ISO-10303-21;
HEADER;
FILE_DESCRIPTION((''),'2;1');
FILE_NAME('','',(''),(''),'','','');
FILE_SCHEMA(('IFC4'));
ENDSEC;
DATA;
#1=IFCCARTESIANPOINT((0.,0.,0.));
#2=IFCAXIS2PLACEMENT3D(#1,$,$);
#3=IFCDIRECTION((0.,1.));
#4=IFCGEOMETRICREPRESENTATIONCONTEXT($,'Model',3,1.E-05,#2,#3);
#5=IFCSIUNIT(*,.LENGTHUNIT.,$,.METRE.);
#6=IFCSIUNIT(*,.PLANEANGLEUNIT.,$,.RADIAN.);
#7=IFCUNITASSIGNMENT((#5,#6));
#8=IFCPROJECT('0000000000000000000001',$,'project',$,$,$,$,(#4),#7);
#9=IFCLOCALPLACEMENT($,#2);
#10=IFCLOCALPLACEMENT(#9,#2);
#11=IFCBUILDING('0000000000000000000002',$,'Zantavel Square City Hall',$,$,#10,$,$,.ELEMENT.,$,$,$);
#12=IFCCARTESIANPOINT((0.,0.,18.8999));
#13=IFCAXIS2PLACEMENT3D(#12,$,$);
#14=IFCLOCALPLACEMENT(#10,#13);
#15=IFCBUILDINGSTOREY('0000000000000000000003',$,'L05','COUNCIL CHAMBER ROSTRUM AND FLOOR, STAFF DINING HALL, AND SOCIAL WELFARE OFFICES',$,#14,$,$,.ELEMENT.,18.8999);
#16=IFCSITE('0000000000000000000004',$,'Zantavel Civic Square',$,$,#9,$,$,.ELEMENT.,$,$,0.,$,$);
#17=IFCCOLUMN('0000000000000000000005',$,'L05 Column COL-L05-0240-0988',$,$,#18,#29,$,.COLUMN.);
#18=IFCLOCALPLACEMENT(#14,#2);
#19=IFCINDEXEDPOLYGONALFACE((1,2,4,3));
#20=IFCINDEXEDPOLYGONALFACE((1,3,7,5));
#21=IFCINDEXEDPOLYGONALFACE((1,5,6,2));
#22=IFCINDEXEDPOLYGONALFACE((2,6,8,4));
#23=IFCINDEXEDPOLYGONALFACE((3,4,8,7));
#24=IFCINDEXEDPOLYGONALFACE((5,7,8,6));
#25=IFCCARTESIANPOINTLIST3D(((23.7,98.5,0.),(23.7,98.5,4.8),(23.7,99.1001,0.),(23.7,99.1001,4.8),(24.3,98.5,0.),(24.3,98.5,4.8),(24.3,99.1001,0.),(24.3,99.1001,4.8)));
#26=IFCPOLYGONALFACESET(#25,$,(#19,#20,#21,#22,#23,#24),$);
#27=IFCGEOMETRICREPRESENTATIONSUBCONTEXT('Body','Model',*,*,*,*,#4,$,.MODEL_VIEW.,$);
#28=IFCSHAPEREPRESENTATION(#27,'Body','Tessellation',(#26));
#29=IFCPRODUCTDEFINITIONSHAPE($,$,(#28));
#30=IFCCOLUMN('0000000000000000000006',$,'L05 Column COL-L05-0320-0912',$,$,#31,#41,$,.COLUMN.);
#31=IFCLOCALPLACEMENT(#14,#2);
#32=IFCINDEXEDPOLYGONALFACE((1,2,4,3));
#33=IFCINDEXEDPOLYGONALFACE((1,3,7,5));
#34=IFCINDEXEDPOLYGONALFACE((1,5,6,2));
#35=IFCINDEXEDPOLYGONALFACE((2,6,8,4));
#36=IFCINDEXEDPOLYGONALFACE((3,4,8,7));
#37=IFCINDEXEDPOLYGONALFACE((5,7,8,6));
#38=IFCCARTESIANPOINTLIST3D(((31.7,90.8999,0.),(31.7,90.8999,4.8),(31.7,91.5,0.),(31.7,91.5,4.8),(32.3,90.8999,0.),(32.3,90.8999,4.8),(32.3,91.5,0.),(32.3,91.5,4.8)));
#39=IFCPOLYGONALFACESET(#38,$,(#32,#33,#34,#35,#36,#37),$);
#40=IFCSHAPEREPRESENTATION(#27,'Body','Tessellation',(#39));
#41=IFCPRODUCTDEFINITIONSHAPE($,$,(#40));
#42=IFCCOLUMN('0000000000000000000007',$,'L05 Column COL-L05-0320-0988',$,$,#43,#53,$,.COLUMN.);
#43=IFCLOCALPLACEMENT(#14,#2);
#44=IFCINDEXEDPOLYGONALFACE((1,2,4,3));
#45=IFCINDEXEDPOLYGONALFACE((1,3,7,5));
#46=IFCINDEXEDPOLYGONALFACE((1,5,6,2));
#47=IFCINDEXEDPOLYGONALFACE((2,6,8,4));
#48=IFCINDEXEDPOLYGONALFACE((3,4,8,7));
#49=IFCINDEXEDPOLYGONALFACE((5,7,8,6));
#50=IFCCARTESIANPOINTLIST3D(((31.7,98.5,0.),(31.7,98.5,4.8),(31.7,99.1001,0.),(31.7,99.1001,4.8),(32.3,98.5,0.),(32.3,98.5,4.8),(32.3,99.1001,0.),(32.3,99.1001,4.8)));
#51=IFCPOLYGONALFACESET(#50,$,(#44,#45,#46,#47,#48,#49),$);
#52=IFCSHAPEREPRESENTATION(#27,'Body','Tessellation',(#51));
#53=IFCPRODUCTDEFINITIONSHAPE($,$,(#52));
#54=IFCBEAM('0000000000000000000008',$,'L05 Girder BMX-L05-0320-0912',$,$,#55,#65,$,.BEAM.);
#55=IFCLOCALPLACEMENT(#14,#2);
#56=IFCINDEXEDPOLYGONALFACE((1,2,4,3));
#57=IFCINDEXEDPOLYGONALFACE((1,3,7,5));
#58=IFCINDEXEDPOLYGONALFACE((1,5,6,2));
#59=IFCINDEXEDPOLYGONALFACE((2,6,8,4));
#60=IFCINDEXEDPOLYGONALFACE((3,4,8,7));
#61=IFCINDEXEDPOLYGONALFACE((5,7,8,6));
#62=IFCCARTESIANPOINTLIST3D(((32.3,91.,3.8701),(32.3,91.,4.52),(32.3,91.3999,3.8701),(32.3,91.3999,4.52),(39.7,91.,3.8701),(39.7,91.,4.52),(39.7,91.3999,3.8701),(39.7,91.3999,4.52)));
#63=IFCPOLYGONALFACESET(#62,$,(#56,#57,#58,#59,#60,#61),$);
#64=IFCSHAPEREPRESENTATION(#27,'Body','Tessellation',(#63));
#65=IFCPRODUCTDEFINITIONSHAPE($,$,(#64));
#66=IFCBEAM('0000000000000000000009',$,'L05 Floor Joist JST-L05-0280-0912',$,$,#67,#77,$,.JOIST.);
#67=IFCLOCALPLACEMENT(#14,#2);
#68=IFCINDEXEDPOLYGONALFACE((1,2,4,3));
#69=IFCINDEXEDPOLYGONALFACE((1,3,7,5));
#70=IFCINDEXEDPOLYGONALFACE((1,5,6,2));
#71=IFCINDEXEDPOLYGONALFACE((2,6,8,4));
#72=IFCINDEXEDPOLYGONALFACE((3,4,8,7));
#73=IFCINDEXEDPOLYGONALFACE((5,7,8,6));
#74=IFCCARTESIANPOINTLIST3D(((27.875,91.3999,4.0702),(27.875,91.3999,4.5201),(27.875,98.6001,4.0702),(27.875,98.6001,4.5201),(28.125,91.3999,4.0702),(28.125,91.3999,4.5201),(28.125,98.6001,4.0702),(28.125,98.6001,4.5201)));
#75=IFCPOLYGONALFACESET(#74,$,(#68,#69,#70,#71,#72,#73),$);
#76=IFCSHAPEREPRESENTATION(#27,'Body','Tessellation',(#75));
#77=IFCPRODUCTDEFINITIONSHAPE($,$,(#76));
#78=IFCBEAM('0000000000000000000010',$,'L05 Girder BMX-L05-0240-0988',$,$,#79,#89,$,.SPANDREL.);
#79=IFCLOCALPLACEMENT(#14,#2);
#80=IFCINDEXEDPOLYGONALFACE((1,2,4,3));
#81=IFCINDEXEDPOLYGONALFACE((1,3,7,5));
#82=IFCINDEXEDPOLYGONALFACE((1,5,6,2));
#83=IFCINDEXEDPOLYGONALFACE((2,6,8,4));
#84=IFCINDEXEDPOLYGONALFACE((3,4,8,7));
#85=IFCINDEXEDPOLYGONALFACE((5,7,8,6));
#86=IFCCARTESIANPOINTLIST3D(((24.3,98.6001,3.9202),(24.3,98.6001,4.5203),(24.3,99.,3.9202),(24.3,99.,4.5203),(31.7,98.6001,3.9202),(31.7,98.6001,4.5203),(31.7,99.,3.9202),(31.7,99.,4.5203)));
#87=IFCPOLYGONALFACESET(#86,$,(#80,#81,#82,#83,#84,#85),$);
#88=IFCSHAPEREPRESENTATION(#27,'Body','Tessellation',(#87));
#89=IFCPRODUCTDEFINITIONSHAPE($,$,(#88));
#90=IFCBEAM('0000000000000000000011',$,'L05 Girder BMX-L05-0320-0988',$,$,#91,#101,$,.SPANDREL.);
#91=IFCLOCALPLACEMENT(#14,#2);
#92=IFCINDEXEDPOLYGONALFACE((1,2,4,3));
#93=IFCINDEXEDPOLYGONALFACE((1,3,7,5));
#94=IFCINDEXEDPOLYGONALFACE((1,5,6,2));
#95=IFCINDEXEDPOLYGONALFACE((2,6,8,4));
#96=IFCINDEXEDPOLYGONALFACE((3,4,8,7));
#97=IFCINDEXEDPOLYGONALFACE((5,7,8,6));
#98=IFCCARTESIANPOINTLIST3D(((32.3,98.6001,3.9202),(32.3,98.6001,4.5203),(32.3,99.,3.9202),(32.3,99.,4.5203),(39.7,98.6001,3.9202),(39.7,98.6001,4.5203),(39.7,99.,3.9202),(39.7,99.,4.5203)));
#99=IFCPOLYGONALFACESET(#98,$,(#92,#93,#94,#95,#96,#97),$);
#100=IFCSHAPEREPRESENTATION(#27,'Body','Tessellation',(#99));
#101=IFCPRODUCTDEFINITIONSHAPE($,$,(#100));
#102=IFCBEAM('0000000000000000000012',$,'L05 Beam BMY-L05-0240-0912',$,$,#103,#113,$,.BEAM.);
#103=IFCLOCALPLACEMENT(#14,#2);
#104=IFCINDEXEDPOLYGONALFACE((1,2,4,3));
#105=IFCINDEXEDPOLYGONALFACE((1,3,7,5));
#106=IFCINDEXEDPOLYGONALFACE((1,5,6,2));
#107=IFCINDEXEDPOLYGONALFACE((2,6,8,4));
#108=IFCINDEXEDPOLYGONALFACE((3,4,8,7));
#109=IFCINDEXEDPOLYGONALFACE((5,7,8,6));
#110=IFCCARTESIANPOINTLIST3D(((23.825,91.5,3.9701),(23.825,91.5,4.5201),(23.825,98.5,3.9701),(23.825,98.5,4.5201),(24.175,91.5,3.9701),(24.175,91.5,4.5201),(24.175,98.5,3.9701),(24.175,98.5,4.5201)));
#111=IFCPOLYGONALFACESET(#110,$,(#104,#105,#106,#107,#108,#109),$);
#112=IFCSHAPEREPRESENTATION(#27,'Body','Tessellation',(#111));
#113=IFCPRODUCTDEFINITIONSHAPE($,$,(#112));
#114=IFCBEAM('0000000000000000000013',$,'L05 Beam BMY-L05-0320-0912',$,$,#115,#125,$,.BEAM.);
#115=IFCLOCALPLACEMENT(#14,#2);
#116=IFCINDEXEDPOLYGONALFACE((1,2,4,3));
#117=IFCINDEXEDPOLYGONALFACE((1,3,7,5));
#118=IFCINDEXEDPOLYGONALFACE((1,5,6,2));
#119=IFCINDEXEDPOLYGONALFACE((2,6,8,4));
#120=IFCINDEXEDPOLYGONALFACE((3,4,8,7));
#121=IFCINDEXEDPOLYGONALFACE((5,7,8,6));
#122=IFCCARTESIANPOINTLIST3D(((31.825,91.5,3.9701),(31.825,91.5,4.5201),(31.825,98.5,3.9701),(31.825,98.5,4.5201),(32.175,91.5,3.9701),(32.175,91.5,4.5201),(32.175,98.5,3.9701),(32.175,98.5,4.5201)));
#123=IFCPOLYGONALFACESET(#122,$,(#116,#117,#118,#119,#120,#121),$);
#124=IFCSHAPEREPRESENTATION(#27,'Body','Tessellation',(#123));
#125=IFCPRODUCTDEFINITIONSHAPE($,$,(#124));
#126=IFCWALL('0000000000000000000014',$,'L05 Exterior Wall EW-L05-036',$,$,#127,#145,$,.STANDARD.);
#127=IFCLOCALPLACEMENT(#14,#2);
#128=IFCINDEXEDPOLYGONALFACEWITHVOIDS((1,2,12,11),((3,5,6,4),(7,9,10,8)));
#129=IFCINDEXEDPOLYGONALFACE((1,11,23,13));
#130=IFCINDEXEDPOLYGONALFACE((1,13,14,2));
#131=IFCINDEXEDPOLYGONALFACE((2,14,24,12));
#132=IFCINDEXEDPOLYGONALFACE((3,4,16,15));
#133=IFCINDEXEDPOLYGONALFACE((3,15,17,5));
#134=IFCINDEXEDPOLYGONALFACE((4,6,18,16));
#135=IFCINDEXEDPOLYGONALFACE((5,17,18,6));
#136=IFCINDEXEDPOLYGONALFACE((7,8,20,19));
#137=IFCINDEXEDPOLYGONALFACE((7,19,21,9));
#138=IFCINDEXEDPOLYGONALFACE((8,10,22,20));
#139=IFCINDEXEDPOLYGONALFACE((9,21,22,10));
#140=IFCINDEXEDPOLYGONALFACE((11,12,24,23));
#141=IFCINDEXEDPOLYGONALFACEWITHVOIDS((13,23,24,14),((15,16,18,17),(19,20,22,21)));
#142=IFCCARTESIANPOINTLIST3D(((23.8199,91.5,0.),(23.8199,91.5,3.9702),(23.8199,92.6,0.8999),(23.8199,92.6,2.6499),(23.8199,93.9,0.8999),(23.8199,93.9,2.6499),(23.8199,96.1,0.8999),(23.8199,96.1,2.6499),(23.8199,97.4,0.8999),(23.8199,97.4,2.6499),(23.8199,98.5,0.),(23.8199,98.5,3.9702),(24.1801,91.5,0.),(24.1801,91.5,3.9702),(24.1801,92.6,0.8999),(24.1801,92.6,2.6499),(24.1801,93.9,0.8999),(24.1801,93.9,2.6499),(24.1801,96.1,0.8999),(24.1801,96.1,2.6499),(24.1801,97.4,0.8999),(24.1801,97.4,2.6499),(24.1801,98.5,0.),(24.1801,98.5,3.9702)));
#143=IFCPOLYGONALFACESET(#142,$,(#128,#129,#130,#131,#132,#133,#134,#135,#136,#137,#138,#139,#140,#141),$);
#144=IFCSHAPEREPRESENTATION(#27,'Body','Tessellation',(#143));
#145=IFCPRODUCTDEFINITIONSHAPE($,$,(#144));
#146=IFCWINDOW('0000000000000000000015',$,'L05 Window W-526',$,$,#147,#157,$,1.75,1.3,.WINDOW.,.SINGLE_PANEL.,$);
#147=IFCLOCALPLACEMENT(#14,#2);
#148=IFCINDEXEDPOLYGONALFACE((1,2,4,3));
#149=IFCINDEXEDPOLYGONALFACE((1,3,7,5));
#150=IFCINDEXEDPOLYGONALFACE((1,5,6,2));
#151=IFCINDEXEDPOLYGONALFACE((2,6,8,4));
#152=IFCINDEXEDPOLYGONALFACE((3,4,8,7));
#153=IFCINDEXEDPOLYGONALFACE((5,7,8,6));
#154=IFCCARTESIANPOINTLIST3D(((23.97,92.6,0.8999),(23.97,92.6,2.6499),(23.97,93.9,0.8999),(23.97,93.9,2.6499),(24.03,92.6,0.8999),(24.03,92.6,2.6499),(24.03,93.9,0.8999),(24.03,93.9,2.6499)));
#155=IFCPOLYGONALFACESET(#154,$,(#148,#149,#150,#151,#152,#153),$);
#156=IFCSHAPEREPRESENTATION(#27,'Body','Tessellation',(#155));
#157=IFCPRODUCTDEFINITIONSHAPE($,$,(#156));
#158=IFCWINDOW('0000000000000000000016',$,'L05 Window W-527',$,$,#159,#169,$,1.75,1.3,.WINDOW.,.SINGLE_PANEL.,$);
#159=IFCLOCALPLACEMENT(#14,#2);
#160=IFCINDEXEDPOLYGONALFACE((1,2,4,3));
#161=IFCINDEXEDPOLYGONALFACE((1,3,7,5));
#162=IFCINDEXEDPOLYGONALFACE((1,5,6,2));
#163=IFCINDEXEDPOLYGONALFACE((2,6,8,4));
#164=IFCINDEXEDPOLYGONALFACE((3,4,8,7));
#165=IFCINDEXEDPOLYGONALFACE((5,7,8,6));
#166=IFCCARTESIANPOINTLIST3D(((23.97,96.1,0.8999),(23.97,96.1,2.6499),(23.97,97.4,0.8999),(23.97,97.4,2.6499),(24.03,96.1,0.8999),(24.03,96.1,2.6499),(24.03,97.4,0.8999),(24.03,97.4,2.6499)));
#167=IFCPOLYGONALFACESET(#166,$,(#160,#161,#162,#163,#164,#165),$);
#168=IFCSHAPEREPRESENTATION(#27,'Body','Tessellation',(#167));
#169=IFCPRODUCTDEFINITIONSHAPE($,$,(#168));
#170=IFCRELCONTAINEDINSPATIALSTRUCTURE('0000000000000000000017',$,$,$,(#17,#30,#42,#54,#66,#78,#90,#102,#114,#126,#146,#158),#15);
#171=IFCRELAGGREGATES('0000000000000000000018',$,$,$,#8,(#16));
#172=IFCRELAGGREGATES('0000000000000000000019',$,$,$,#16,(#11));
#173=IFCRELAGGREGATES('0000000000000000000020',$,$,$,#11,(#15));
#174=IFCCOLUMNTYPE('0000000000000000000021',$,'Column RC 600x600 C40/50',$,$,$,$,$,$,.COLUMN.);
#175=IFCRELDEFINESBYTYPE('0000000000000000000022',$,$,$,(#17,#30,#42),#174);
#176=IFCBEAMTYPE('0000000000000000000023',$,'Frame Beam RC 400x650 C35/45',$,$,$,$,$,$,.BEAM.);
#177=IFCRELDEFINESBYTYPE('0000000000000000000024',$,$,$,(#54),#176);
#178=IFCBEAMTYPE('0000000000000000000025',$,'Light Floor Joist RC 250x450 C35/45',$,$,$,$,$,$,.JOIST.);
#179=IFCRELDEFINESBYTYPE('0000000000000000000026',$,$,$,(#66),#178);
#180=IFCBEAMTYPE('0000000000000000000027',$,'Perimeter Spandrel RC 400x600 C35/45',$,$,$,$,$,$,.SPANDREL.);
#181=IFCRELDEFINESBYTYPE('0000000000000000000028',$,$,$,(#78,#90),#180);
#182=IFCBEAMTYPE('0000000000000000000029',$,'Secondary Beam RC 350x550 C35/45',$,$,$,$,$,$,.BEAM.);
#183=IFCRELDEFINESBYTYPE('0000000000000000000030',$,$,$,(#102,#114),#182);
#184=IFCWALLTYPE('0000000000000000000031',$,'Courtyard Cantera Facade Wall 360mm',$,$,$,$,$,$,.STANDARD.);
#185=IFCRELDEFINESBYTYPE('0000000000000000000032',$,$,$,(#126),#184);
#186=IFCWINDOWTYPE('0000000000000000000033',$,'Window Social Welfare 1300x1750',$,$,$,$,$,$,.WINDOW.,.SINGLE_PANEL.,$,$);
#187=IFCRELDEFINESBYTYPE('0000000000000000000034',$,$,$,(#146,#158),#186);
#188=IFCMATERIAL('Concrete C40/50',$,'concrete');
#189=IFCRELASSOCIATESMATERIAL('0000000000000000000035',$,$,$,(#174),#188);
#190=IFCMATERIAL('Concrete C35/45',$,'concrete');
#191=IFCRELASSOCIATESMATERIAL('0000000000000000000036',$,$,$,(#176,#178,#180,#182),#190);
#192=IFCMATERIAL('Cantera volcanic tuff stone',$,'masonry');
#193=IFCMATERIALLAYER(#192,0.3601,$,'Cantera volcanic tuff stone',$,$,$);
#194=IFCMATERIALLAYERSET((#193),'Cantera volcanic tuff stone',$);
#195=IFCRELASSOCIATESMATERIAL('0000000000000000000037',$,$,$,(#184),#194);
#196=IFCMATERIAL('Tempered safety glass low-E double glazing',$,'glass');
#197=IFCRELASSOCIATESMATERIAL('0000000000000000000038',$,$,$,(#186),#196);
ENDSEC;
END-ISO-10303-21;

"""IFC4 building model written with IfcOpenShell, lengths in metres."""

from ifc_helpers import new_model, si_unit, direction, frame, frame_2d, origin, origin_2d, place, context, subcontext, project, spatial, rectangle, extrude, material, layer, layer_set, material_profile, profile_set, type_object, element, fill, save


model = new_model("IFC4")

# Units and contexts
model_context = context("Model", 3, precision=1e-05, world=origin(), true_north=direction((0.0, 1.0)))
body_context = subcontext(model_context, "Body", "Model", "MODEL_VIEW")
ifc_project = project(units=[si_unit("LENGTHUNIT", "METRE"), si_unit("PLANEANGLEUNIT", "RADIAN")], contexts=[model_context])

# Site, building, storey
site_placement = place(None, origin())
site = spatial("IfcSite", under=ifc_project, at=site_placement, Name="Zantavel Civic Square", CompositionType="ELEMENT", RefElevation=0.0)
building_placement = place(site_placement, origin())
building = spatial("IfcBuilding", under=site, at=building_placement, Name="Zantavel Square City Hall", CompositionType="ELEMENT")
storey_placement = place(building_placement, frame((0.0, 0.0, 18.8999)))
storey = spatial("IfcBuildingStorey", under=building, at=storey_placement, Name="L05", Description="COUNCIL CHAMBER ROSTRUM AND FLOOR, STAFF DINING HALL, AND SOCIAL WELFARE OFFICES", CompositionType="ELEMENT", Elevation=18.8999)

# Columns
ifc_material_1 = material(Name="Concrete C40/50", Category="concrete")
ifc_material_profile_1 = material_profile(ifc_material_1, rectangle(XDim=0.6001, YDim=0.6001, at=origin_2d()), Name="RC 600x600")
ifc_profile_set_1 = profile_set([ifc_material_profile_1], Name="Concrete C40/50")
column_type = type_object("IfcColumnType", Name="Column RC 600x600 C40/50", PredefinedType="COLUMN", material=ifc_profile_set_1)
for number, where, z_axis, x_axis, name in (
    (1, (24.0, 98.8, 0.0), (0.0, 0.0, 1.0), (1.0, 0.0, 0.0), "L05 Column COL-L05-0240-0988"),
    (2, (32.0, 91.2, 0.0), (0.0, 0.0, 1.0), (1.0, 0.0, 0.0), "L05 Column COL-L05-0320-0912"),
    (3, (32.0, 98.8, 0.0), (0.0, 0.0, 1.0), (1.0, 0.0, 0.0), "L05 Column COL-L05-0320-0988"),
):
    element("IfcColumn", number, at=place(storey_placement, frame(where, z_axis=z_axis, x_axis=x_axis)), inside=storey, type_object=column_type, Name=name, PredefinedType="COLUMN", context=body_context, shape_type="SweptSolid", body=[
        extrude(rectangle(XDim=0.6001, YDim=0.6001, at=origin_2d()), origin(), (0.0, 0.0, 1.0), 4.8),
    ])

# Beams
ifc_material_2 = material(Name="Concrete C35/45", Category="concrete")
ifc_material_profile_2 = material_profile(ifc_material_2, rectangle(XDim=0.3999, YDim=0.6499, at=origin_2d()), Name="RC 400x650")
ifc_profile_set_2 = profile_set([ifc_material_profile_2], Name="Concrete C35/45")
beam_type_1 = type_object("IfcBeamType", Name="Frame Beam RC 400x650 C35/45", PredefinedType="BEAM", material=ifc_profile_set_2)
beam_1_placement = place(storey_placement, frame((32.3, 91.2, 4.1951), z_axis=(1.0, 0.0, 0.0), x_axis=(0.0, 1.0, 0.0)))
element("IfcBeam", 4, at=beam_1_placement, inside=storey, type_object=beam_type_1, Name="L05 Girder BMX-L05-0320-0912", PredefinedType="BEAM", context=body_context, shape_type="SweptSolid", body=[
    extrude(rectangle(XDim=0.3999, YDim=0.6499, at=origin_2d()), origin(), (0.0, 0.0, 1.0), 7.3999),
])
ifc_material_profile_3 = material_profile(ifc_material_2, rectangle(XDim=0.25, YDim=0.45, at=origin_2d()), Name="RC 250x450")
ifc_profile_set_3 = profile_set([ifc_material_profile_3], Name="Concrete C35/45")
beam_type_2 = type_object("IfcBeamType", Name="Light Floor Joist RC 250x450 C35/45", PredefinedType="JOIST", material=ifc_profile_set_3)
beam_2_placement = place(storey_placement, frame((28.0, 91.3999, 4.2952), z_axis=(0.0, 1.0, 0.0), x_axis=(-1.0, 0.0, 0.0)))
element("IfcBeam", 5, at=beam_2_placement, inside=storey, type_object=beam_type_2, Name="L05 Floor Joist JST-L05-0280-0912", PredefinedType="JOIST", context=body_context, shape_type="SweptSolid", body=[
    extrude(rectangle(XDim=0.25, YDim=0.45, at=origin_2d()), origin(), (0.0, 0.0, 1.0), 7.2002),
])
ifc_material_profile_4 = material_profile(ifc_material_2, rectangle(XDim=0.3999, YDim=0.6001, at=origin_2d()), Name="RC 400x600")
ifc_profile_set_4 = profile_set([ifc_material_profile_4], Name="Concrete C35/45")
beam_type_3 = type_object("IfcBeamType", Name="Perimeter Spandrel RC 400x600 C35/45", PredefinedType="SPANDREL", material=ifc_profile_set_4)
for number, where, z_axis, x_axis, name in (
    (6, (24.3, 98.8, 4.2202), (1.0, 0.0, 0.0), (0.0, 1.0, 0.0), "L05 Girder BMX-L05-0240-0988"),
    (7, (32.3, 98.8, 4.2202), (1.0, 0.0, 0.0), (0.0, 1.0, 0.0), "L05 Girder BMX-L05-0320-0988"),
):
    element("IfcBeam", number, at=place(storey_placement, frame(where, z_axis=z_axis, x_axis=x_axis)), inside=storey, type_object=beam_type_3, Name=name, PredefinedType="SPANDREL", context=body_context, shape_type="SweptSolid", body=[
        extrude(rectangle(XDim=0.3999, YDim=0.6001, at=origin_2d()), origin(), (0.0, 0.0, 1.0), 7.3999),
    ])
ifc_material_profile_5 = material_profile(ifc_material_2, rectangle(XDim=0.3501, YDim=0.55, at=origin_2d()), Name="RC 350x550")
ifc_profile_set_5 = profile_set([ifc_material_profile_5], Name="Concrete C35/45")
beam_type_4 = type_object("IfcBeamType", Name="Secondary Beam RC 350x550 C35/45", PredefinedType="BEAM", material=ifc_profile_set_5)
for number, where, z_axis, x_axis, name in (
    (8, (24.0, 91.5, 4.2451), (0.0, 1.0, 0.0), (-1.0, 0.0, 0.0), "L05 Beam BMY-L05-0240-0912"),
    (9, (32.0, 91.5, 4.2451), (0.0, 1.0, 0.0), (-1.0, 0.0, 0.0), "L05 Beam BMY-L05-0320-0912"),
):
    element("IfcBeam", number, at=place(storey_placement, frame(where, z_axis=z_axis, x_axis=x_axis)), inside=storey, type_object=beam_type_4, Name=name, PredefinedType="BEAM", context=body_context, shape_type="SweptSolid", body=[
        extrude(rectangle(XDim=0.3501, YDim=0.55, at=origin_2d()), origin(), (0.0, 0.0, 1.0), 7.0),
    ])

# Wall, openings, windows
ifc_material_3 = material(Name="Cantera volcanic tuff stone", Category="masonry")
ifc_layer_1 = layer(ifc_material_3, 0.3601, Name="Cantera volcanic tuff stone")
ifc_layer_set_1 = layer_set([ifc_layer_1], Name="Cantera volcanic tuff stone")
wall_type_1 = type_object("IfcWallType", Name="Courtyard Cantera Facade Wall 360mm", PredefinedType="STANDARD", material=ifc_layer_set_1)
wall_1_placement = place(storey_placement, frame((24.0, 91.5, 0.0), z_axis=(0.0, 0.0, 1.0), x_axis=(0.0, 1.0, 0.0)))
wall_1 = element("IfcWall", 10, at=wall_1_placement, inside=storey, type_object=wall_type_1, Name="L05 Exterior Wall EW-L05-036", PredefinedType="STANDARD", context=body_context, shape_type="SweptSolid", body=[
    extrude(rectangle(XDim=7.0, YDim=0.3601, at=frame_2d((3.5, 0.0))), origin(), (0.0, 0.0, 1.0), 3.9702),
])
opening_1_placement = place(wall_1_placement, frame((1.1001, 0.0, 0.8999)))
opening_1 = element("IfcOpeningElement", 11, at=opening_1_placement, cuts=wall_1, PredefinedType="OPENING", context=body_context, shape_type="SweptSolid", body=[
    extrude(rectangle(XDim=1.3, YDim=1.75, at=frame_2d((0.6499, 0.875))), frame((0.0, 0.1899, 0.0), z_axis=(0.0, -1.0, 0.0), x_axis=(1.0, 0.0, 0.0)), (0.0, 0.0, 1.0), 0.3801),
])
opening_2_placement = place(wall_1_placement, frame((4.6001, 0.0, 0.8999)))
opening_2 = element("IfcOpeningElement", 12, at=opening_2_placement, cuts=wall_1, PredefinedType="OPENING", context=body_context, shape_type="SweptSolid", body=[
    extrude(rectangle(XDim=1.3, YDim=1.75, at=frame_2d((0.6499, 0.875))), frame((0.0, 0.1899, 0.0), z_axis=(0.0, -1.0, 0.0), x_axis=(1.0, 0.0, 0.0)), (0.0, 0.0, 1.0), 0.3801),
])
ifc_material_4 = material(Name="Tempered safety glass low-E double glazing", Category="glass")
window_type_1 = type_object("IfcWindowType", Name="Window Social Welfare 1300x1750", PartitioningType="SINGLE_PANEL", PredefinedType="WINDOW", material=ifc_material_4)
window_1_placement = place(opening_1_placement, origin())
window_1 = element("IfcWindow", 13, at=window_1_placement, inside=storey, type_object=window_type_1, Name="L05 Window W-526", OverallHeight=1.75, OverallWidth=1.3, PartitioningType="SINGLE_PANEL", PredefinedType="WINDOW", context=body_context, shape_type="SweptSolid", body=[
    extrude(rectangle(XDim=1.3, YDim=1.75, at=frame_2d((0.6499, 0.875))), frame((0.0, 0.03, 0.0), z_axis=(0.0, -1.0, 0.0), x_axis=(1.0, 0.0, 0.0)), (0.0, 0.0, 1.0), 0.0601),
])
fill(opening_1, window_1)
window_2_placement = place(opening_2_placement, origin())
window_2 = element("IfcWindow", 14, at=window_2_placement, inside=storey, type_object=window_type_1, Name="L05 Window W-527", OverallHeight=1.75, OverallWidth=1.3, PartitioningType="SINGLE_PANEL", PredefinedType="WINDOW", context=body_context, shape_type="SweptSolid", body=[
    extrude(rectangle(XDim=1.3, YDim=1.75, at=frame_2d((0.6499, 0.875))), frame((0.0, 0.03, 0.0), z_axis=(0.0, -1.0, 0.0), x_axis=(1.0, 0.0, 0.0)), (0.0, 0.0, 1.0), 0.0601),
])
fill(opening_2, window_2)

save(model, "model.ifc")
